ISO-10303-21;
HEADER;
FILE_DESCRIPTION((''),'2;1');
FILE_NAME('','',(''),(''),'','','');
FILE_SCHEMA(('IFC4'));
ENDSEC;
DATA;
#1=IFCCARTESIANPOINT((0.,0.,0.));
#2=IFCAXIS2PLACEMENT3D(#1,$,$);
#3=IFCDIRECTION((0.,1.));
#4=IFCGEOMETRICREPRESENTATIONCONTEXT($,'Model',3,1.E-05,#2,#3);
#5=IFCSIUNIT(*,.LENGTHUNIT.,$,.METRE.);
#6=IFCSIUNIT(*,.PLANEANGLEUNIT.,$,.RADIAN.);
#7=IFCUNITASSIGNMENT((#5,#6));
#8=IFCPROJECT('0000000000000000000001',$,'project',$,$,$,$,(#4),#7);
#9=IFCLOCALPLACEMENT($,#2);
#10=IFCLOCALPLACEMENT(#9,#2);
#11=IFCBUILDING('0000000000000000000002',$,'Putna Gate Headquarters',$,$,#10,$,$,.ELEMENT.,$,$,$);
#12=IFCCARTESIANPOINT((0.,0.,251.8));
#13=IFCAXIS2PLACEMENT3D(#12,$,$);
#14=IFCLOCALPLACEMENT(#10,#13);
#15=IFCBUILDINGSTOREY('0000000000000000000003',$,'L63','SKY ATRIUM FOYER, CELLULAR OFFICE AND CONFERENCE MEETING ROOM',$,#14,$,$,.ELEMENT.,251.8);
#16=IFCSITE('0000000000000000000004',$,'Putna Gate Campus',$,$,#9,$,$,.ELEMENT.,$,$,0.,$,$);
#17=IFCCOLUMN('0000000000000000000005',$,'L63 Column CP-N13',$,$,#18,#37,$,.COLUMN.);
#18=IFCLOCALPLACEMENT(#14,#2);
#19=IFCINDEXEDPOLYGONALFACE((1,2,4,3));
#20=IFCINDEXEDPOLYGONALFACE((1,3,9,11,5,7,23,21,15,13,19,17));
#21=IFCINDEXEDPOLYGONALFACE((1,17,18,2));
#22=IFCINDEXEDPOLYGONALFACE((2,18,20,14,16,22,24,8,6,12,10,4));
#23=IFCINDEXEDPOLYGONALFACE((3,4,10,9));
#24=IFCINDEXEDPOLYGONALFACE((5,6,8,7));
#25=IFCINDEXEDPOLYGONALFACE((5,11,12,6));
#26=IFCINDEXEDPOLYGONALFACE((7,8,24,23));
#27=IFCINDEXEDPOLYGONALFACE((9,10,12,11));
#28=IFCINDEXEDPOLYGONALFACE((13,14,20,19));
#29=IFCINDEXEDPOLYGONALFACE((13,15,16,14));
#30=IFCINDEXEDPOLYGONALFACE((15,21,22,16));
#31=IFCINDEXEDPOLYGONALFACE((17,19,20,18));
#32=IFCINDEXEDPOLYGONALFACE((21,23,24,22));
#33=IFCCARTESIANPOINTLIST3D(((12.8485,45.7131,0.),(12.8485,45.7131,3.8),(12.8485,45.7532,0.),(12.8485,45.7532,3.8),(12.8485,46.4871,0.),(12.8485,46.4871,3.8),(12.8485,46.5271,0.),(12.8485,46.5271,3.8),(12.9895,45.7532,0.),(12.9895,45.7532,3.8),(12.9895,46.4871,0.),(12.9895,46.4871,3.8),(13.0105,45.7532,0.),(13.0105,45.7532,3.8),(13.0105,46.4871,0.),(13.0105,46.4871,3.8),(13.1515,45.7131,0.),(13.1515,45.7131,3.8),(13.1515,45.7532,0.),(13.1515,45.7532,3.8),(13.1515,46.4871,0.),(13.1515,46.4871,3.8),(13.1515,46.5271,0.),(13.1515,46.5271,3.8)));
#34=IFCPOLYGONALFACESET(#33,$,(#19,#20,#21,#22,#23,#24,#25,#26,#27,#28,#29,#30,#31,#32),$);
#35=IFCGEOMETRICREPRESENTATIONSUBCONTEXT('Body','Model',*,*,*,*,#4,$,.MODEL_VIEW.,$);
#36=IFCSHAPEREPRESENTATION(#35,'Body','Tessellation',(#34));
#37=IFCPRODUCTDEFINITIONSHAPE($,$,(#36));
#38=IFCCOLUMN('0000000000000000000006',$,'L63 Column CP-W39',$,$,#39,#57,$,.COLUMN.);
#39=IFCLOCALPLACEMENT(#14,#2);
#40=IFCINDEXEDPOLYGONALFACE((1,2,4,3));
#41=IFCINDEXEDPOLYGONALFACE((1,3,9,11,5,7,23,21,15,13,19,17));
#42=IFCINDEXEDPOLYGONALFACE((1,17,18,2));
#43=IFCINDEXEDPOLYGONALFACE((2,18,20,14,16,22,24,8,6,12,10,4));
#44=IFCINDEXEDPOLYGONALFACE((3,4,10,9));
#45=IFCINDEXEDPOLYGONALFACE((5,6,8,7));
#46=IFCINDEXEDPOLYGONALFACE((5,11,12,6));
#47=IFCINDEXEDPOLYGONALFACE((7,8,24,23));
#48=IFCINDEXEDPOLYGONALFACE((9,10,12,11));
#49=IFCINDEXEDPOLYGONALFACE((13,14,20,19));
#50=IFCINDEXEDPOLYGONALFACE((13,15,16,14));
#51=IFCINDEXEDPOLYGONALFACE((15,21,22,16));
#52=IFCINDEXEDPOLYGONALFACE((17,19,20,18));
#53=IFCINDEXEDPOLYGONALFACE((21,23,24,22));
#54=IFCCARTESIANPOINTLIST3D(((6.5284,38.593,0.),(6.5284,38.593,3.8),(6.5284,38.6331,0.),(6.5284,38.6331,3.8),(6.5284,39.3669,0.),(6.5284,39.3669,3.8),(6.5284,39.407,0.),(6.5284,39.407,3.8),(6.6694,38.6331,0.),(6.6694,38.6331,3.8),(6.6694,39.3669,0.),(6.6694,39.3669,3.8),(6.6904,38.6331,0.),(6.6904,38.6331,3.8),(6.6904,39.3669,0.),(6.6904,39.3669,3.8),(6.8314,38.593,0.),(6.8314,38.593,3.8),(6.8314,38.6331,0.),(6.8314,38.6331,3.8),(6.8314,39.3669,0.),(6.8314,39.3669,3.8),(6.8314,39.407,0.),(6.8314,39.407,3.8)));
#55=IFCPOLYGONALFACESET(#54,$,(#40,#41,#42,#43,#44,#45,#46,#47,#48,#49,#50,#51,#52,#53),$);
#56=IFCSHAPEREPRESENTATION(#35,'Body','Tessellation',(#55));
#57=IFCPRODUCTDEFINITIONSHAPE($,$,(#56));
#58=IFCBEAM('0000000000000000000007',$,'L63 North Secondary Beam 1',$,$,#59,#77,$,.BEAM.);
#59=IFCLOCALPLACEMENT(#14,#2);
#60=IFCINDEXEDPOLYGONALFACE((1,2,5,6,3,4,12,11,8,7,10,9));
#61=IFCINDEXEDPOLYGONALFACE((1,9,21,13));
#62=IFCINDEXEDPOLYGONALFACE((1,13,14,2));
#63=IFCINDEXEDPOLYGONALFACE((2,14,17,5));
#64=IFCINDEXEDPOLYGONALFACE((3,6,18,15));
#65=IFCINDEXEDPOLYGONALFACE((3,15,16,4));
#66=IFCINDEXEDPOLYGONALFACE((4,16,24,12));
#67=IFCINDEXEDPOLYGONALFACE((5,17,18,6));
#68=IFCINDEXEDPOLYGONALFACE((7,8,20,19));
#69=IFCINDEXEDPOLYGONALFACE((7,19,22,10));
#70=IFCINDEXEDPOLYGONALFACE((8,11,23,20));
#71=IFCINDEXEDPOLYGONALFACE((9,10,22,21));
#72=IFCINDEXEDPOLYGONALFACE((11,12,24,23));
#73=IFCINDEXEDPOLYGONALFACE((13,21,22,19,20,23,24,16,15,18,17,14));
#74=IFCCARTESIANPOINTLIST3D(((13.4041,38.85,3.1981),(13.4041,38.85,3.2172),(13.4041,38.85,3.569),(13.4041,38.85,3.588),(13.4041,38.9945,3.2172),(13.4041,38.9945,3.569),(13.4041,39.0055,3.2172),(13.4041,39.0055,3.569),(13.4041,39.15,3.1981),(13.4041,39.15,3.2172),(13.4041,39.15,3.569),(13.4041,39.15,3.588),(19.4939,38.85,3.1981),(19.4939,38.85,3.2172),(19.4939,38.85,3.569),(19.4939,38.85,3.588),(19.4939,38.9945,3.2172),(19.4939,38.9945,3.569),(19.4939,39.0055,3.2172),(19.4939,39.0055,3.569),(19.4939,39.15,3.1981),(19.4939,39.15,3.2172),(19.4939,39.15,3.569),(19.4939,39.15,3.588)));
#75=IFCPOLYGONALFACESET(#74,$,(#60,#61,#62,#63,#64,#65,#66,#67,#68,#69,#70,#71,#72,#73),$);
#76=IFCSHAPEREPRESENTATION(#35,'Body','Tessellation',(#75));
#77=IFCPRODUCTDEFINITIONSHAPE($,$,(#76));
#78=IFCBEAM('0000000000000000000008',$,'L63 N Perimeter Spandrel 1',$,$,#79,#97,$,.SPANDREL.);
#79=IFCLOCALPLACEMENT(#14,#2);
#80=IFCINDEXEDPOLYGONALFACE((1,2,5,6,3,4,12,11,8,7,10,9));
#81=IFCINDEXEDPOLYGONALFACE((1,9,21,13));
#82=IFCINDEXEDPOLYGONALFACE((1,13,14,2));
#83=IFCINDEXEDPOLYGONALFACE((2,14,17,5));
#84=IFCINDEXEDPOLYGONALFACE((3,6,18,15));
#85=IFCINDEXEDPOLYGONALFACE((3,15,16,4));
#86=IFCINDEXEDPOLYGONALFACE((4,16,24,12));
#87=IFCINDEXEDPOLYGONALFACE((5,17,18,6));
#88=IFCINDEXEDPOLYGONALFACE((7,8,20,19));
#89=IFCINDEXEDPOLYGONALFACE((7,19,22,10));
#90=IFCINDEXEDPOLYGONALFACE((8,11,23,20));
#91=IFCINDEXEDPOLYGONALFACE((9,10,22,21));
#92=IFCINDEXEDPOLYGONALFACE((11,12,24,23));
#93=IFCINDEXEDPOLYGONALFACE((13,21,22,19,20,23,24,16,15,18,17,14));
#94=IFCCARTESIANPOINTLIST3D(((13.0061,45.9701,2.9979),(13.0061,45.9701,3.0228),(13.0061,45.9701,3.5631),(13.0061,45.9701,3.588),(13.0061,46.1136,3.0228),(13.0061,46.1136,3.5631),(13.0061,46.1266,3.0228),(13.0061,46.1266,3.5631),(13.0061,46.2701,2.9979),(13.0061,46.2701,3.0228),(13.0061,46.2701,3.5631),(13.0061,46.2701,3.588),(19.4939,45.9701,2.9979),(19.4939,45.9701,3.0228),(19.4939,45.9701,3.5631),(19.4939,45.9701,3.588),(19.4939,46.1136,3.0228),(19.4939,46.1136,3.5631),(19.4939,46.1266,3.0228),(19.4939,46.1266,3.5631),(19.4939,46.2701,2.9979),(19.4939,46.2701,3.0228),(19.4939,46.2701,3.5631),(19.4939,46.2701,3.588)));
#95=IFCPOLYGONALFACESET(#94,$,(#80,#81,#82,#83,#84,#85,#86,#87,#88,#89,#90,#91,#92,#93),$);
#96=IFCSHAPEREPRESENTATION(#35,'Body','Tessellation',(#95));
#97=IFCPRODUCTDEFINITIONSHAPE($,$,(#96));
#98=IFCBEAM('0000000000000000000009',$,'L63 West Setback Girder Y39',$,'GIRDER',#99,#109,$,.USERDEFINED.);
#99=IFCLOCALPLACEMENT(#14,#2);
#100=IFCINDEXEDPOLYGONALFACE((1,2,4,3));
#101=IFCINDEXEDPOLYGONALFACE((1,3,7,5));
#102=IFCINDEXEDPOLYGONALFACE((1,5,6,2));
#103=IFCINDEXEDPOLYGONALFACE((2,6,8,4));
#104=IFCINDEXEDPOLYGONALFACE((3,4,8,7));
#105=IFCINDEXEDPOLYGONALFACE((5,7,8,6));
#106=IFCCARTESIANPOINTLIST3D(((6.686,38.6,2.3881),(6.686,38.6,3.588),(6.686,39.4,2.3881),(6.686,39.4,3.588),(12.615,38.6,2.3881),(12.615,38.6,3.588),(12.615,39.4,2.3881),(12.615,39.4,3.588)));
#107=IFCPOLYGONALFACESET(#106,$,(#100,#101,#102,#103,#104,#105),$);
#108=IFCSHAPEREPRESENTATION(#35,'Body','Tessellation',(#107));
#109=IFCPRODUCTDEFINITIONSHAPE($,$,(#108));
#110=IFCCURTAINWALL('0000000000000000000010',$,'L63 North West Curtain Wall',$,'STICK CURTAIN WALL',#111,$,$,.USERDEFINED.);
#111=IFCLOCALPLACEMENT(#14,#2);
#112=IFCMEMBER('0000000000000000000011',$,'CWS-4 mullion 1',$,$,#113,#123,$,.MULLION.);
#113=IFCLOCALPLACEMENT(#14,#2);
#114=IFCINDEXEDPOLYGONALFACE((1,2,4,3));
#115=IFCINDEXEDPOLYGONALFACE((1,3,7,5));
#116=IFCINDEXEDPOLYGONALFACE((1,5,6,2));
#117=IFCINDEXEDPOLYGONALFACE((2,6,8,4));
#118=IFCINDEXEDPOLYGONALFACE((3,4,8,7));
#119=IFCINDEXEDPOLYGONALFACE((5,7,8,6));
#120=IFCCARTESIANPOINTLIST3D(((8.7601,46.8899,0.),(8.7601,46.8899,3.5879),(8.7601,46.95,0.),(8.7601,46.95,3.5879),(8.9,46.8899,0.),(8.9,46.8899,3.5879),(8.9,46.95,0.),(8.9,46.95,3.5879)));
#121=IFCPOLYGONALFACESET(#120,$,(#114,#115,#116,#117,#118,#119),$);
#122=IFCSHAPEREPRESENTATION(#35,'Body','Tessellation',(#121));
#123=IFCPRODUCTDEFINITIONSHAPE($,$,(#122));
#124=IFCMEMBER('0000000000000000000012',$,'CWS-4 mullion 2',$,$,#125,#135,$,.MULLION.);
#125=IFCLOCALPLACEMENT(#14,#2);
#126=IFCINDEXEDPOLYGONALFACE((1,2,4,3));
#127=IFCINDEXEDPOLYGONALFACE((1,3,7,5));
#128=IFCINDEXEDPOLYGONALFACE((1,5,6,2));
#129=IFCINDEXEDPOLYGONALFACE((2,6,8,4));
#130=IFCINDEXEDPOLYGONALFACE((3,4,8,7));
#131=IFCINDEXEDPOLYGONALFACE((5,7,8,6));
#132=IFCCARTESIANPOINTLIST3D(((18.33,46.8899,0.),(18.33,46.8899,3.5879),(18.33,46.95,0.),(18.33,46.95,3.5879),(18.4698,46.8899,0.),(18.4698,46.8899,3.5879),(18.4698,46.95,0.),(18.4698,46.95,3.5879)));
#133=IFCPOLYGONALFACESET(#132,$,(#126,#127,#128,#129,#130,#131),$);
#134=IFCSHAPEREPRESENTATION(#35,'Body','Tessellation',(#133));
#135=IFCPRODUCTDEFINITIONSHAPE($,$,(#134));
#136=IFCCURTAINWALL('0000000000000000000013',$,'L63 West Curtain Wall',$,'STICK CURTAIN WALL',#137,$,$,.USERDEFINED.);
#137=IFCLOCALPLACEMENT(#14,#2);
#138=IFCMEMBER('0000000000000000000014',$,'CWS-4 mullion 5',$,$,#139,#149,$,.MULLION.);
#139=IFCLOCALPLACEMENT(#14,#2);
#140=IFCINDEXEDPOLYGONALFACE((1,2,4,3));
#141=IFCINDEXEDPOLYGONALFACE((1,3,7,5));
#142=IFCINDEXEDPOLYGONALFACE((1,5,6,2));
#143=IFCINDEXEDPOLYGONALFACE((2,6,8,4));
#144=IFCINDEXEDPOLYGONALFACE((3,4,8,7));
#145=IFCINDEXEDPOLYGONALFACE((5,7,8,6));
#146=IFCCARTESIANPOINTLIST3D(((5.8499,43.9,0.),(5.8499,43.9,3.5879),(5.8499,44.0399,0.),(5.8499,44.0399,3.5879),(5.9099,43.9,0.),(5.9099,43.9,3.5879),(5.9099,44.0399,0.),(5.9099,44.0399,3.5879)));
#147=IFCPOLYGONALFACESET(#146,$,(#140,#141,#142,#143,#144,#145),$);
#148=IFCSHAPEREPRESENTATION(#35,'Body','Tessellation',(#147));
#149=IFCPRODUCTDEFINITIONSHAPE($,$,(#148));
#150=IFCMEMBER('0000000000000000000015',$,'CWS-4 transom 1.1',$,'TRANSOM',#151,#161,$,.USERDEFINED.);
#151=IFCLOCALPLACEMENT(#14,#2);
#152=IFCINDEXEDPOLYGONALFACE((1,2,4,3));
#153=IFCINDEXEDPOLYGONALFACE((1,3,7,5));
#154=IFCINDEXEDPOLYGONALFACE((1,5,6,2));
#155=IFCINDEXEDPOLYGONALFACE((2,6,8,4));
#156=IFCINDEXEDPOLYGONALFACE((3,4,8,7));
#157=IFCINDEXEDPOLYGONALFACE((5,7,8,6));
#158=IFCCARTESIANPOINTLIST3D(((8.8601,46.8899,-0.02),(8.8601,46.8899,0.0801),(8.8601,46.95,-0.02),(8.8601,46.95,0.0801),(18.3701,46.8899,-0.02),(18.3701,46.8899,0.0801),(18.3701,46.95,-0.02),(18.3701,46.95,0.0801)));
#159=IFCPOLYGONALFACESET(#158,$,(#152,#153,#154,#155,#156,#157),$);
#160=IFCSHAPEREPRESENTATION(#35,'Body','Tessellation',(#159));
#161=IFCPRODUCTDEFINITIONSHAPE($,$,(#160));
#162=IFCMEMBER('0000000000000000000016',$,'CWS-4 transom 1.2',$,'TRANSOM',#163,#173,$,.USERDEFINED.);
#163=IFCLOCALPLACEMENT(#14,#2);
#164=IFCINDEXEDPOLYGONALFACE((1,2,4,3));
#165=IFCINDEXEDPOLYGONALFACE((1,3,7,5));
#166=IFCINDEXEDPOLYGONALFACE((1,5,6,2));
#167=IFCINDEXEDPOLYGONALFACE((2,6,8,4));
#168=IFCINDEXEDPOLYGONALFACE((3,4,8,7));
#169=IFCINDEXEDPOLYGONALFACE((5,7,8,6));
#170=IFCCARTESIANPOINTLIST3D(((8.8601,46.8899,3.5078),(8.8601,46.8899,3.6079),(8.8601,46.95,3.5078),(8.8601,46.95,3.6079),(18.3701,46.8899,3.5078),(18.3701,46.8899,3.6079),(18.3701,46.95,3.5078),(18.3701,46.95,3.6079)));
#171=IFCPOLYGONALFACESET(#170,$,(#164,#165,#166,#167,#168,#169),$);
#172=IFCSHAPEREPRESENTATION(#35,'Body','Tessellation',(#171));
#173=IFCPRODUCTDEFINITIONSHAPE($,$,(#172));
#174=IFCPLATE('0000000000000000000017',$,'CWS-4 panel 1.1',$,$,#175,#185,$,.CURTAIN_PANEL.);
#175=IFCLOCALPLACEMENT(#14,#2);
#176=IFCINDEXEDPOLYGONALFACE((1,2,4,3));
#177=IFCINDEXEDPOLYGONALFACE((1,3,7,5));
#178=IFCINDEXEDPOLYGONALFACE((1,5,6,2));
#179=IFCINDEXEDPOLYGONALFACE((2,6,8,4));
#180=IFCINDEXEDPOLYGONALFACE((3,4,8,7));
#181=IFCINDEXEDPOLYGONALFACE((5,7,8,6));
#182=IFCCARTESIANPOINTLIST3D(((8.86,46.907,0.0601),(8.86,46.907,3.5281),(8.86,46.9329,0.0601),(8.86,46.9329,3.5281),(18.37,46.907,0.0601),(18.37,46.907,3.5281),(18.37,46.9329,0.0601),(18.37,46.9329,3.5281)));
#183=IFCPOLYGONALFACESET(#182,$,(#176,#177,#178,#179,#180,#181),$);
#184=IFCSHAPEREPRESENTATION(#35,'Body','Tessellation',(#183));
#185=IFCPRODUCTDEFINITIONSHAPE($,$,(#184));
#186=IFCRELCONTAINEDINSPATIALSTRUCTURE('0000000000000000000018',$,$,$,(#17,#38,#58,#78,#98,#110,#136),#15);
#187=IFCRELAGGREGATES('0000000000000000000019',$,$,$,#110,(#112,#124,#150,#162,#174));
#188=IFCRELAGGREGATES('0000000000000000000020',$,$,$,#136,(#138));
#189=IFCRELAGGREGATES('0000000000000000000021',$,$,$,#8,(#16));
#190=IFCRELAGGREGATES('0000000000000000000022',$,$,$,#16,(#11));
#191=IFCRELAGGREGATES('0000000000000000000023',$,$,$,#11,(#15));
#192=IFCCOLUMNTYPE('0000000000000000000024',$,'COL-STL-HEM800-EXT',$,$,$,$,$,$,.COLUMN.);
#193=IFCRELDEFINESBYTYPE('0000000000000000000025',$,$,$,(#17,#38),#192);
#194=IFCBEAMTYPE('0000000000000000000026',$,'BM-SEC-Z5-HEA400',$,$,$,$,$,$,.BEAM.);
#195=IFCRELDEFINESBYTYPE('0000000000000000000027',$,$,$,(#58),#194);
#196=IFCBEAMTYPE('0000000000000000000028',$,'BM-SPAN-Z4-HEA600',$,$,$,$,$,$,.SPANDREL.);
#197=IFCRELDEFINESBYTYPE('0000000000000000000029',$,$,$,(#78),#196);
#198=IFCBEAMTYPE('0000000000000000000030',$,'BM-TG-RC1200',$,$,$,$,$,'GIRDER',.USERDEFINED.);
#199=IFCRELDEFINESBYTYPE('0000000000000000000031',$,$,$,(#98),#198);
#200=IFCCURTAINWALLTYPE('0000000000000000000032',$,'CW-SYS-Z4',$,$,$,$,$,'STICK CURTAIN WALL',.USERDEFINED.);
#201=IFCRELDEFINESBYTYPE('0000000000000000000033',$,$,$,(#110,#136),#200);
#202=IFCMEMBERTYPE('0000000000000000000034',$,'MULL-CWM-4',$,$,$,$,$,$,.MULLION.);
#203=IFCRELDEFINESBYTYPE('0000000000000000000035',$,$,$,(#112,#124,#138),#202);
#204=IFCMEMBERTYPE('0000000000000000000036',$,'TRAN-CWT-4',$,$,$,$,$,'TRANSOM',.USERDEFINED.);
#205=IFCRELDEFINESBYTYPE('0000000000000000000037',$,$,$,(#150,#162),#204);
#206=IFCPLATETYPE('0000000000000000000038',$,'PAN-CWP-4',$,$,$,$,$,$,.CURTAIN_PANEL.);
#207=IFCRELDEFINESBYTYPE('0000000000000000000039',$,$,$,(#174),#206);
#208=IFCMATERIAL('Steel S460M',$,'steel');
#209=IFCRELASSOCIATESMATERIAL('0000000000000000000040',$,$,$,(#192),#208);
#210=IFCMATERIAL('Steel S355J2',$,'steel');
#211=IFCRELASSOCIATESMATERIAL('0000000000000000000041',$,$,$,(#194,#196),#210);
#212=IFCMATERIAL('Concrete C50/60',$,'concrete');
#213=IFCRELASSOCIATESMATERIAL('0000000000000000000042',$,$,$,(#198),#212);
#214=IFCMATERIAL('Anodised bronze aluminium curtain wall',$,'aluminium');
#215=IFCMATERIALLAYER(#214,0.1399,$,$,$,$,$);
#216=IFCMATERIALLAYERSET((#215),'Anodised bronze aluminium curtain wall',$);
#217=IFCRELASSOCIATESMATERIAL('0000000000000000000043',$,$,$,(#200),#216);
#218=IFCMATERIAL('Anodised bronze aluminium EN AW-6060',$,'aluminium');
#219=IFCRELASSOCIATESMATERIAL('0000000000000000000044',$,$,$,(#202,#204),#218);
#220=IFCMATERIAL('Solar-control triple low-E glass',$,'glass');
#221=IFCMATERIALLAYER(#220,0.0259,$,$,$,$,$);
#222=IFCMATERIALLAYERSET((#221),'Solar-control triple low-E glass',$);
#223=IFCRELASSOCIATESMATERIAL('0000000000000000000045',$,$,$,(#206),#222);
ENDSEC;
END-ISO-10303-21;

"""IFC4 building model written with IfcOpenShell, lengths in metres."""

from ifc_helpers import new_model, si_unit, direction, frame, origin, origin_2d, place, context, subcontext, project, spatial, rectangle, i_section, extrude, material, layer, layer_set, material_profile, profile_set, type_object, element, aggregate, save


model = new_model("IFC4")

# Units and contexts
model_context = context("Model", 3, precision=1e-05, world=origin(), true_north=direction((0.0, 1.0)))
body_context = subcontext(model_context, "Body", "Model", "MODEL_VIEW")
ifc_project = project(units=[si_unit("LENGTHUNIT", "METRE"), si_unit("PLANEANGLEUNIT", "RADIAN")], contexts=[model_context])

# Site, building, storey
site_placement = place(None, origin())
site = spatial("IfcSite", under=ifc_project, at=site_placement, Name="Putna Gate Campus", CompositionType="ELEMENT", RefElevation=0.0)
building_placement = place(site_placement, origin())
building = spatial("IfcBuilding", under=site, at=building_placement, Name="Putna Gate Headquarters", CompositionType="ELEMENT")
storey_placement = place(building_placement, frame((0.0, 0.0, 251.8)))
storey = spatial("IfcBuildingStorey", under=building, at=storey_placement, Name="L63", Description="SKY ATRIUM FOYER, CELLULAR OFFICE AND CONFERENCE MEETING ROOM", CompositionType="ELEMENT", Elevation=251.8)

# Columns
ifc_material_1 = material(Name="Steel S460M", Category="steel")
ifc_material_profile_1 = material_profile(ifc_material_1, i_section(OverallWidth=0.303, OverallDepth=0.814, WebThickness=0.021, FlangeThickness=0.04, at=origin_2d()), Name="Steel S460M")
ifc_profile_set_1 = profile_set([ifc_material_profile_1], Name="Steel S460M")
column_type = type_object("IfcColumnType", Name="COL-STL-HEM800-EXT", PredefinedType="COLUMN", material=ifc_profile_set_1)
for number, where, z_axis, x_axis, name in (
    (1, (13.0, 46.1201, 0.0), (0.0, 0.0, 1.0), (1.0, 0.0, 0.0), "L63 Column CP-N13"),
    (2, (6.6799, 39.0, 0.0), (0.0, 0.0, 1.0), (1.0, 0.0, 0.0), "L63 Column CP-W39"),
):
    element("IfcColumn", number, at=place(storey_placement, frame(where, z_axis=z_axis, x_axis=x_axis)), inside=storey, type_object=column_type, Name=name, PredefinedType="COLUMN", context=body_context, shape_type="SweptSolid", body=[
        extrude(i_section(OverallWidth=0.303, OverallDepth=0.814, WebThickness=0.021, FlangeThickness=0.04, at=origin_2d()), origin(), (0.0, 0.0, 1.0), 3.8),
    ])

# Beams
ifc_material_2 = material(Name="Steel S355J2", Category="steel")
ifc_material_profile_2 = material_profile(ifc_material_2, i_section(OverallWidth=0.3, OverallDepth=0.3899, WebThickness=0.011, FlangeThickness=0.019, at=origin_2d()), Name="Steel S355J2")
ifc_profile_set_2 = profile_set([ifc_material_profile_2], Name="Steel S355J2")
beam_type_1 = type_object("IfcBeamType", Name="BM-SEC-Z5-HEA400", PredefinedType="BEAM", material=ifc_profile_set_2)
beam_1_placement = place(storey_placement, frame((13.4041, 39.0, 3.3931), z_axis=(1.0, 0.0, 0.0), x_axis=(0.0, 1.0, 0.0)))
element("IfcBeam", 3, at=beam_1_placement, inside=storey, type_object=beam_type_1, Name="L63 North Secondary Beam 1", PredefinedType="BEAM", context=body_context, shape_type="SweptSolid", body=[
    extrude(i_section(OverallWidth=0.3, OverallDepth=0.3899, WebThickness=0.011, FlangeThickness=0.019, at=origin_2d()), origin(), (0.0, 0.0, 1.0), 6.0898),
])
ifc_material_profile_3 = material_profile(ifc_material_2, i_section(OverallWidth=0.3, OverallDepth=0.5901, WebThickness=0.0129, FlangeThickness=0.0249, at=origin_2d()), Name="Steel S355J2")
ifc_profile_set_3 = profile_set([ifc_material_profile_3], Name="Steel S355J2")
beam_type_2 = type_object("IfcBeamType", Name="BM-SPAN-Z4-HEA600", PredefinedType="SPANDREL", material=ifc_profile_set_3)
beam_2_placement = place(storey_placement, frame((13.0061, 46.1201, 3.293), z_axis=(1.0, 0.0, 0.0), x_axis=(0.0, 1.0, 0.0)))
element("IfcBeam", 4, at=beam_2_placement, inside=storey, type_object=beam_type_2, Name="L63 N Perimeter Spandrel 1", PredefinedType="SPANDREL", context=body_context, shape_type="SweptSolid", body=[
    extrude(i_section(OverallWidth=0.3, OverallDepth=0.5901, WebThickness=0.0129, FlangeThickness=0.0249, at=origin_2d()), origin(), (0.0, 0.0, 1.0), 6.4878),
])
ifc_material_3 = material(Name="Concrete C50/60", Category="concrete")
ifc_material_profile_4 = material_profile(ifc_material_3, rectangle(XDim=0.8, YDim=1.2, at=origin_2d()), Name="Concrete C50/60")
ifc_profile_set_4 = profile_set([ifc_material_profile_4], Name="Concrete C50/60")
beam_type_3 = type_object("IfcBeamType", Name="BM-TG-RC1200", ElementType="GIRDER", PredefinedType="USERDEFINED", material=ifc_profile_set_4)
beam_3_placement = place(storey_placement, frame((6.686, 39.0, 2.988), z_axis=(1.0, 0.0, 0.0), x_axis=(0.0, 1.0, 0.0)))
element("IfcBeam", 5, at=beam_3_placement, inside=storey, type_object=beam_type_3, Name="L63 West Setback Girder Y39", ObjectType="GIRDER", PredefinedType="USERDEFINED", context=body_context, shape_type="SweptSolid", body=[
    extrude(rectangle(XDim=0.8, YDim=1.2, at=origin_2d()), origin(), (0.0, 0.0, 1.0), 5.929),
])

# Curtain wall, members
ifc_material_4 = material(Name="Anodised bronze aluminium curtain wall", Category="aluminium")
ifc_layer_1 = layer(ifc_material_4, 0.1399)
ifc_layer_set_1 = layer_set([ifc_layer_1], Name="Anodised bronze aluminium curtain wall")
curtain_wall_type = type_object("IfcCurtainWallType", Name="CW-SYS-Z4", ElementType="STICK CURTAIN WALL", PredefinedType="USERDEFINED", material=ifc_layer_set_1)
curtain_wall_1_placement = place(storey_placement, origin())
curtain_wall_1 = element("IfcCurtainWall", 6, at=curtain_wall_1_placement, inside=storey, type_object=curtain_wall_type, Name="L63 North West Curtain Wall", ObjectType="STICK CURTAIN WALL", PredefinedType="USERDEFINED")
ifc_material_5 = material(Name="Anodised bronze aluminium EN AW-6060", Category="aluminium")
ifc_material_profile_5 = material_profile(ifc_material_5, rectangle(XDim=0.0601, YDim=0.1399, at=origin_2d()), Name="Anodised bronze aluminium EN AW-6060")
ifc_profile_set_5 = profile_set([ifc_material_profile_5], Name="Anodised bronze aluminium EN AW-6060")
member_type_1 = type_object("IfcMemberType", Name="MULL-CWM-4", PredefinedType="MULLION", material=ifc_profile_set_5)
member_1_placement = place(storey_placement, frame((8.8301, 46.9199, 0.0), z_axis=(0.0, 0.0, 1.0), x_axis=(0.0, 1.0, 0.0)))
member_1 = element("IfcMember", 7, at=member_1_placement, type_object=member_type_1, Name="CWS-4 mullion 1", PredefinedType="MULLION", context=body_context, shape_type="SweptSolid", body=[
    extrude(rectangle(XDim=0.0601, YDim=0.1399, at=origin_2d()), origin(), (0.0, 0.0, 1.0), 3.5879),
])
member_2_placement = place(storey_placement, frame((18.3999, 46.9199, 0.0), z_axis=(0.0, 0.0, 1.0), x_axis=(0.0, 1.0, 0.0)))
member_2 = element("IfcMember", 8, at=member_2_placement, type_object=member_type_1, Name="CWS-4 mullion 2", PredefinedType="MULLION", context=body_context, shape_type="SweptSolid", body=[
    extrude(rectangle(XDim=0.0601, YDim=0.1399, at=origin_2d()), origin(), (0.0, 0.0, 1.0), 3.5879),
])

# Curtain wall, member
curtain_wall_2_placement = place(storey_placement, origin())
curtain_wall_2 = element("IfcCurtainWall", 9, at=curtain_wall_2_placement, inside=storey, type_object=curtain_wall_type, Name="L63 West Curtain Wall", ObjectType="STICK CURTAIN WALL", PredefinedType="USERDEFINED")
member_3_placement = place(storey_placement, frame((5.8799, 43.97, 0.0), z_axis=(0.0, 0.0, 1.0), x_axis=(-1.0, 0.0, 0.0)))
member_3 = element("IfcMember", 10, at=member_3_placement, type_object=member_type_1, Name="CWS-4 mullion 5", PredefinedType="MULLION", context=body_context, shape_type="SweptSolid", body=[
    extrude(rectangle(XDim=0.0601, YDim=0.1399, at=origin_2d()), origin(), (0.0, 0.0, 1.0), 3.5879),
])

# Members
ifc_material_profile_6 = material_profile(ifc_material_5, rectangle(XDim=0.0601, YDim=0.1001, at=origin_2d()), Name="Anodised bronze aluminium EN AW-6060")
ifc_profile_set_6 = profile_set([ifc_material_profile_6], Name="Anodised bronze aluminium EN AW-6060")
member_type_2 = type_object("IfcMemberType", Name="TRAN-CWT-4", ElementType="TRANSOM", PredefinedType="USERDEFINED", material=ifc_profile_set_6)
member_4_placement = place(storey_placement, frame((8.8601, 46.9199, 0.03), z_axis=(1.0, 0.0, 0.0), x_axis=(0.0, 1.0, 0.0)))
member_4 = element("IfcMember", 11, at=member_4_placement, type_object=member_type_2, Name="CWS-4 transom 1.1", ObjectType="TRANSOM", PredefinedType="USERDEFINED", context=body_context, shape_type="SweptSolid", body=[
    extrude(rectangle(XDim=0.0601, YDim=0.1001, at=origin_2d()), origin(), (0.0, 0.0, 1.0), 9.51),
])
member_5_placement = place(storey_placement, frame((8.8601, 46.9199, 3.5579), z_axis=(1.0, 0.0, 0.0), x_axis=(0.0, 1.0, 0.0)))
member_5 = element("IfcMember", 12, at=member_5_placement, type_object=member_type_2, Name="CWS-4 transom 1.2", ObjectType="TRANSOM", PredefinedType="USERDEFINED", context=body_context, shape_type="SweptSolid", body=[
    extrude(rectangle(XDim=0.0601, YDim=0.1001, at=origin_2d()), origin(), (0.0, 0.0, 1.0), 9.51),
])

# Plate
ifc_material_6 = material(Name="Solar-control triple low-E glass", Category="glass")
ifc_layer_2 = layer(ifc_material_6, 0.0259)
ifc_layer_set_2 = layer_set([ifc_layer_2], Name="Solar-control triple low-E glass")
plate_type = type_object("IfcPlateType", Name="PAN-CWP-4", PredefinedType="CURTAIN_PANEL", material=ifc_layer_set_2)
plate_1_placement = place(storey_placement, frame((13.615, 46.9199, 0.0601), z_axis=(0.0, 0.0, 1.0), x_axis=(1.0, 0.0, 0.0)))
plate_1 = element("IfcPlate", 13, at=plate_1_placement, type_object=plate_type, Name="CWS-4 panel 1.1", PredefinedType="CURTAIN_PANEL", context=body_context, shape_type="SweptSolid", body=[
    extrude(rectangle(XDim=9.51, YDim=0.0259, at=origin_2d()), origin(), (0.0, 0.0, 1.0), 3.468),
])
aggregate(curtain_wall_1, [member_1, member_2, member_4, member_5, plate_1])
aggregate(curtain_wall_2, [member_3])

save(model, "model.ifc")
